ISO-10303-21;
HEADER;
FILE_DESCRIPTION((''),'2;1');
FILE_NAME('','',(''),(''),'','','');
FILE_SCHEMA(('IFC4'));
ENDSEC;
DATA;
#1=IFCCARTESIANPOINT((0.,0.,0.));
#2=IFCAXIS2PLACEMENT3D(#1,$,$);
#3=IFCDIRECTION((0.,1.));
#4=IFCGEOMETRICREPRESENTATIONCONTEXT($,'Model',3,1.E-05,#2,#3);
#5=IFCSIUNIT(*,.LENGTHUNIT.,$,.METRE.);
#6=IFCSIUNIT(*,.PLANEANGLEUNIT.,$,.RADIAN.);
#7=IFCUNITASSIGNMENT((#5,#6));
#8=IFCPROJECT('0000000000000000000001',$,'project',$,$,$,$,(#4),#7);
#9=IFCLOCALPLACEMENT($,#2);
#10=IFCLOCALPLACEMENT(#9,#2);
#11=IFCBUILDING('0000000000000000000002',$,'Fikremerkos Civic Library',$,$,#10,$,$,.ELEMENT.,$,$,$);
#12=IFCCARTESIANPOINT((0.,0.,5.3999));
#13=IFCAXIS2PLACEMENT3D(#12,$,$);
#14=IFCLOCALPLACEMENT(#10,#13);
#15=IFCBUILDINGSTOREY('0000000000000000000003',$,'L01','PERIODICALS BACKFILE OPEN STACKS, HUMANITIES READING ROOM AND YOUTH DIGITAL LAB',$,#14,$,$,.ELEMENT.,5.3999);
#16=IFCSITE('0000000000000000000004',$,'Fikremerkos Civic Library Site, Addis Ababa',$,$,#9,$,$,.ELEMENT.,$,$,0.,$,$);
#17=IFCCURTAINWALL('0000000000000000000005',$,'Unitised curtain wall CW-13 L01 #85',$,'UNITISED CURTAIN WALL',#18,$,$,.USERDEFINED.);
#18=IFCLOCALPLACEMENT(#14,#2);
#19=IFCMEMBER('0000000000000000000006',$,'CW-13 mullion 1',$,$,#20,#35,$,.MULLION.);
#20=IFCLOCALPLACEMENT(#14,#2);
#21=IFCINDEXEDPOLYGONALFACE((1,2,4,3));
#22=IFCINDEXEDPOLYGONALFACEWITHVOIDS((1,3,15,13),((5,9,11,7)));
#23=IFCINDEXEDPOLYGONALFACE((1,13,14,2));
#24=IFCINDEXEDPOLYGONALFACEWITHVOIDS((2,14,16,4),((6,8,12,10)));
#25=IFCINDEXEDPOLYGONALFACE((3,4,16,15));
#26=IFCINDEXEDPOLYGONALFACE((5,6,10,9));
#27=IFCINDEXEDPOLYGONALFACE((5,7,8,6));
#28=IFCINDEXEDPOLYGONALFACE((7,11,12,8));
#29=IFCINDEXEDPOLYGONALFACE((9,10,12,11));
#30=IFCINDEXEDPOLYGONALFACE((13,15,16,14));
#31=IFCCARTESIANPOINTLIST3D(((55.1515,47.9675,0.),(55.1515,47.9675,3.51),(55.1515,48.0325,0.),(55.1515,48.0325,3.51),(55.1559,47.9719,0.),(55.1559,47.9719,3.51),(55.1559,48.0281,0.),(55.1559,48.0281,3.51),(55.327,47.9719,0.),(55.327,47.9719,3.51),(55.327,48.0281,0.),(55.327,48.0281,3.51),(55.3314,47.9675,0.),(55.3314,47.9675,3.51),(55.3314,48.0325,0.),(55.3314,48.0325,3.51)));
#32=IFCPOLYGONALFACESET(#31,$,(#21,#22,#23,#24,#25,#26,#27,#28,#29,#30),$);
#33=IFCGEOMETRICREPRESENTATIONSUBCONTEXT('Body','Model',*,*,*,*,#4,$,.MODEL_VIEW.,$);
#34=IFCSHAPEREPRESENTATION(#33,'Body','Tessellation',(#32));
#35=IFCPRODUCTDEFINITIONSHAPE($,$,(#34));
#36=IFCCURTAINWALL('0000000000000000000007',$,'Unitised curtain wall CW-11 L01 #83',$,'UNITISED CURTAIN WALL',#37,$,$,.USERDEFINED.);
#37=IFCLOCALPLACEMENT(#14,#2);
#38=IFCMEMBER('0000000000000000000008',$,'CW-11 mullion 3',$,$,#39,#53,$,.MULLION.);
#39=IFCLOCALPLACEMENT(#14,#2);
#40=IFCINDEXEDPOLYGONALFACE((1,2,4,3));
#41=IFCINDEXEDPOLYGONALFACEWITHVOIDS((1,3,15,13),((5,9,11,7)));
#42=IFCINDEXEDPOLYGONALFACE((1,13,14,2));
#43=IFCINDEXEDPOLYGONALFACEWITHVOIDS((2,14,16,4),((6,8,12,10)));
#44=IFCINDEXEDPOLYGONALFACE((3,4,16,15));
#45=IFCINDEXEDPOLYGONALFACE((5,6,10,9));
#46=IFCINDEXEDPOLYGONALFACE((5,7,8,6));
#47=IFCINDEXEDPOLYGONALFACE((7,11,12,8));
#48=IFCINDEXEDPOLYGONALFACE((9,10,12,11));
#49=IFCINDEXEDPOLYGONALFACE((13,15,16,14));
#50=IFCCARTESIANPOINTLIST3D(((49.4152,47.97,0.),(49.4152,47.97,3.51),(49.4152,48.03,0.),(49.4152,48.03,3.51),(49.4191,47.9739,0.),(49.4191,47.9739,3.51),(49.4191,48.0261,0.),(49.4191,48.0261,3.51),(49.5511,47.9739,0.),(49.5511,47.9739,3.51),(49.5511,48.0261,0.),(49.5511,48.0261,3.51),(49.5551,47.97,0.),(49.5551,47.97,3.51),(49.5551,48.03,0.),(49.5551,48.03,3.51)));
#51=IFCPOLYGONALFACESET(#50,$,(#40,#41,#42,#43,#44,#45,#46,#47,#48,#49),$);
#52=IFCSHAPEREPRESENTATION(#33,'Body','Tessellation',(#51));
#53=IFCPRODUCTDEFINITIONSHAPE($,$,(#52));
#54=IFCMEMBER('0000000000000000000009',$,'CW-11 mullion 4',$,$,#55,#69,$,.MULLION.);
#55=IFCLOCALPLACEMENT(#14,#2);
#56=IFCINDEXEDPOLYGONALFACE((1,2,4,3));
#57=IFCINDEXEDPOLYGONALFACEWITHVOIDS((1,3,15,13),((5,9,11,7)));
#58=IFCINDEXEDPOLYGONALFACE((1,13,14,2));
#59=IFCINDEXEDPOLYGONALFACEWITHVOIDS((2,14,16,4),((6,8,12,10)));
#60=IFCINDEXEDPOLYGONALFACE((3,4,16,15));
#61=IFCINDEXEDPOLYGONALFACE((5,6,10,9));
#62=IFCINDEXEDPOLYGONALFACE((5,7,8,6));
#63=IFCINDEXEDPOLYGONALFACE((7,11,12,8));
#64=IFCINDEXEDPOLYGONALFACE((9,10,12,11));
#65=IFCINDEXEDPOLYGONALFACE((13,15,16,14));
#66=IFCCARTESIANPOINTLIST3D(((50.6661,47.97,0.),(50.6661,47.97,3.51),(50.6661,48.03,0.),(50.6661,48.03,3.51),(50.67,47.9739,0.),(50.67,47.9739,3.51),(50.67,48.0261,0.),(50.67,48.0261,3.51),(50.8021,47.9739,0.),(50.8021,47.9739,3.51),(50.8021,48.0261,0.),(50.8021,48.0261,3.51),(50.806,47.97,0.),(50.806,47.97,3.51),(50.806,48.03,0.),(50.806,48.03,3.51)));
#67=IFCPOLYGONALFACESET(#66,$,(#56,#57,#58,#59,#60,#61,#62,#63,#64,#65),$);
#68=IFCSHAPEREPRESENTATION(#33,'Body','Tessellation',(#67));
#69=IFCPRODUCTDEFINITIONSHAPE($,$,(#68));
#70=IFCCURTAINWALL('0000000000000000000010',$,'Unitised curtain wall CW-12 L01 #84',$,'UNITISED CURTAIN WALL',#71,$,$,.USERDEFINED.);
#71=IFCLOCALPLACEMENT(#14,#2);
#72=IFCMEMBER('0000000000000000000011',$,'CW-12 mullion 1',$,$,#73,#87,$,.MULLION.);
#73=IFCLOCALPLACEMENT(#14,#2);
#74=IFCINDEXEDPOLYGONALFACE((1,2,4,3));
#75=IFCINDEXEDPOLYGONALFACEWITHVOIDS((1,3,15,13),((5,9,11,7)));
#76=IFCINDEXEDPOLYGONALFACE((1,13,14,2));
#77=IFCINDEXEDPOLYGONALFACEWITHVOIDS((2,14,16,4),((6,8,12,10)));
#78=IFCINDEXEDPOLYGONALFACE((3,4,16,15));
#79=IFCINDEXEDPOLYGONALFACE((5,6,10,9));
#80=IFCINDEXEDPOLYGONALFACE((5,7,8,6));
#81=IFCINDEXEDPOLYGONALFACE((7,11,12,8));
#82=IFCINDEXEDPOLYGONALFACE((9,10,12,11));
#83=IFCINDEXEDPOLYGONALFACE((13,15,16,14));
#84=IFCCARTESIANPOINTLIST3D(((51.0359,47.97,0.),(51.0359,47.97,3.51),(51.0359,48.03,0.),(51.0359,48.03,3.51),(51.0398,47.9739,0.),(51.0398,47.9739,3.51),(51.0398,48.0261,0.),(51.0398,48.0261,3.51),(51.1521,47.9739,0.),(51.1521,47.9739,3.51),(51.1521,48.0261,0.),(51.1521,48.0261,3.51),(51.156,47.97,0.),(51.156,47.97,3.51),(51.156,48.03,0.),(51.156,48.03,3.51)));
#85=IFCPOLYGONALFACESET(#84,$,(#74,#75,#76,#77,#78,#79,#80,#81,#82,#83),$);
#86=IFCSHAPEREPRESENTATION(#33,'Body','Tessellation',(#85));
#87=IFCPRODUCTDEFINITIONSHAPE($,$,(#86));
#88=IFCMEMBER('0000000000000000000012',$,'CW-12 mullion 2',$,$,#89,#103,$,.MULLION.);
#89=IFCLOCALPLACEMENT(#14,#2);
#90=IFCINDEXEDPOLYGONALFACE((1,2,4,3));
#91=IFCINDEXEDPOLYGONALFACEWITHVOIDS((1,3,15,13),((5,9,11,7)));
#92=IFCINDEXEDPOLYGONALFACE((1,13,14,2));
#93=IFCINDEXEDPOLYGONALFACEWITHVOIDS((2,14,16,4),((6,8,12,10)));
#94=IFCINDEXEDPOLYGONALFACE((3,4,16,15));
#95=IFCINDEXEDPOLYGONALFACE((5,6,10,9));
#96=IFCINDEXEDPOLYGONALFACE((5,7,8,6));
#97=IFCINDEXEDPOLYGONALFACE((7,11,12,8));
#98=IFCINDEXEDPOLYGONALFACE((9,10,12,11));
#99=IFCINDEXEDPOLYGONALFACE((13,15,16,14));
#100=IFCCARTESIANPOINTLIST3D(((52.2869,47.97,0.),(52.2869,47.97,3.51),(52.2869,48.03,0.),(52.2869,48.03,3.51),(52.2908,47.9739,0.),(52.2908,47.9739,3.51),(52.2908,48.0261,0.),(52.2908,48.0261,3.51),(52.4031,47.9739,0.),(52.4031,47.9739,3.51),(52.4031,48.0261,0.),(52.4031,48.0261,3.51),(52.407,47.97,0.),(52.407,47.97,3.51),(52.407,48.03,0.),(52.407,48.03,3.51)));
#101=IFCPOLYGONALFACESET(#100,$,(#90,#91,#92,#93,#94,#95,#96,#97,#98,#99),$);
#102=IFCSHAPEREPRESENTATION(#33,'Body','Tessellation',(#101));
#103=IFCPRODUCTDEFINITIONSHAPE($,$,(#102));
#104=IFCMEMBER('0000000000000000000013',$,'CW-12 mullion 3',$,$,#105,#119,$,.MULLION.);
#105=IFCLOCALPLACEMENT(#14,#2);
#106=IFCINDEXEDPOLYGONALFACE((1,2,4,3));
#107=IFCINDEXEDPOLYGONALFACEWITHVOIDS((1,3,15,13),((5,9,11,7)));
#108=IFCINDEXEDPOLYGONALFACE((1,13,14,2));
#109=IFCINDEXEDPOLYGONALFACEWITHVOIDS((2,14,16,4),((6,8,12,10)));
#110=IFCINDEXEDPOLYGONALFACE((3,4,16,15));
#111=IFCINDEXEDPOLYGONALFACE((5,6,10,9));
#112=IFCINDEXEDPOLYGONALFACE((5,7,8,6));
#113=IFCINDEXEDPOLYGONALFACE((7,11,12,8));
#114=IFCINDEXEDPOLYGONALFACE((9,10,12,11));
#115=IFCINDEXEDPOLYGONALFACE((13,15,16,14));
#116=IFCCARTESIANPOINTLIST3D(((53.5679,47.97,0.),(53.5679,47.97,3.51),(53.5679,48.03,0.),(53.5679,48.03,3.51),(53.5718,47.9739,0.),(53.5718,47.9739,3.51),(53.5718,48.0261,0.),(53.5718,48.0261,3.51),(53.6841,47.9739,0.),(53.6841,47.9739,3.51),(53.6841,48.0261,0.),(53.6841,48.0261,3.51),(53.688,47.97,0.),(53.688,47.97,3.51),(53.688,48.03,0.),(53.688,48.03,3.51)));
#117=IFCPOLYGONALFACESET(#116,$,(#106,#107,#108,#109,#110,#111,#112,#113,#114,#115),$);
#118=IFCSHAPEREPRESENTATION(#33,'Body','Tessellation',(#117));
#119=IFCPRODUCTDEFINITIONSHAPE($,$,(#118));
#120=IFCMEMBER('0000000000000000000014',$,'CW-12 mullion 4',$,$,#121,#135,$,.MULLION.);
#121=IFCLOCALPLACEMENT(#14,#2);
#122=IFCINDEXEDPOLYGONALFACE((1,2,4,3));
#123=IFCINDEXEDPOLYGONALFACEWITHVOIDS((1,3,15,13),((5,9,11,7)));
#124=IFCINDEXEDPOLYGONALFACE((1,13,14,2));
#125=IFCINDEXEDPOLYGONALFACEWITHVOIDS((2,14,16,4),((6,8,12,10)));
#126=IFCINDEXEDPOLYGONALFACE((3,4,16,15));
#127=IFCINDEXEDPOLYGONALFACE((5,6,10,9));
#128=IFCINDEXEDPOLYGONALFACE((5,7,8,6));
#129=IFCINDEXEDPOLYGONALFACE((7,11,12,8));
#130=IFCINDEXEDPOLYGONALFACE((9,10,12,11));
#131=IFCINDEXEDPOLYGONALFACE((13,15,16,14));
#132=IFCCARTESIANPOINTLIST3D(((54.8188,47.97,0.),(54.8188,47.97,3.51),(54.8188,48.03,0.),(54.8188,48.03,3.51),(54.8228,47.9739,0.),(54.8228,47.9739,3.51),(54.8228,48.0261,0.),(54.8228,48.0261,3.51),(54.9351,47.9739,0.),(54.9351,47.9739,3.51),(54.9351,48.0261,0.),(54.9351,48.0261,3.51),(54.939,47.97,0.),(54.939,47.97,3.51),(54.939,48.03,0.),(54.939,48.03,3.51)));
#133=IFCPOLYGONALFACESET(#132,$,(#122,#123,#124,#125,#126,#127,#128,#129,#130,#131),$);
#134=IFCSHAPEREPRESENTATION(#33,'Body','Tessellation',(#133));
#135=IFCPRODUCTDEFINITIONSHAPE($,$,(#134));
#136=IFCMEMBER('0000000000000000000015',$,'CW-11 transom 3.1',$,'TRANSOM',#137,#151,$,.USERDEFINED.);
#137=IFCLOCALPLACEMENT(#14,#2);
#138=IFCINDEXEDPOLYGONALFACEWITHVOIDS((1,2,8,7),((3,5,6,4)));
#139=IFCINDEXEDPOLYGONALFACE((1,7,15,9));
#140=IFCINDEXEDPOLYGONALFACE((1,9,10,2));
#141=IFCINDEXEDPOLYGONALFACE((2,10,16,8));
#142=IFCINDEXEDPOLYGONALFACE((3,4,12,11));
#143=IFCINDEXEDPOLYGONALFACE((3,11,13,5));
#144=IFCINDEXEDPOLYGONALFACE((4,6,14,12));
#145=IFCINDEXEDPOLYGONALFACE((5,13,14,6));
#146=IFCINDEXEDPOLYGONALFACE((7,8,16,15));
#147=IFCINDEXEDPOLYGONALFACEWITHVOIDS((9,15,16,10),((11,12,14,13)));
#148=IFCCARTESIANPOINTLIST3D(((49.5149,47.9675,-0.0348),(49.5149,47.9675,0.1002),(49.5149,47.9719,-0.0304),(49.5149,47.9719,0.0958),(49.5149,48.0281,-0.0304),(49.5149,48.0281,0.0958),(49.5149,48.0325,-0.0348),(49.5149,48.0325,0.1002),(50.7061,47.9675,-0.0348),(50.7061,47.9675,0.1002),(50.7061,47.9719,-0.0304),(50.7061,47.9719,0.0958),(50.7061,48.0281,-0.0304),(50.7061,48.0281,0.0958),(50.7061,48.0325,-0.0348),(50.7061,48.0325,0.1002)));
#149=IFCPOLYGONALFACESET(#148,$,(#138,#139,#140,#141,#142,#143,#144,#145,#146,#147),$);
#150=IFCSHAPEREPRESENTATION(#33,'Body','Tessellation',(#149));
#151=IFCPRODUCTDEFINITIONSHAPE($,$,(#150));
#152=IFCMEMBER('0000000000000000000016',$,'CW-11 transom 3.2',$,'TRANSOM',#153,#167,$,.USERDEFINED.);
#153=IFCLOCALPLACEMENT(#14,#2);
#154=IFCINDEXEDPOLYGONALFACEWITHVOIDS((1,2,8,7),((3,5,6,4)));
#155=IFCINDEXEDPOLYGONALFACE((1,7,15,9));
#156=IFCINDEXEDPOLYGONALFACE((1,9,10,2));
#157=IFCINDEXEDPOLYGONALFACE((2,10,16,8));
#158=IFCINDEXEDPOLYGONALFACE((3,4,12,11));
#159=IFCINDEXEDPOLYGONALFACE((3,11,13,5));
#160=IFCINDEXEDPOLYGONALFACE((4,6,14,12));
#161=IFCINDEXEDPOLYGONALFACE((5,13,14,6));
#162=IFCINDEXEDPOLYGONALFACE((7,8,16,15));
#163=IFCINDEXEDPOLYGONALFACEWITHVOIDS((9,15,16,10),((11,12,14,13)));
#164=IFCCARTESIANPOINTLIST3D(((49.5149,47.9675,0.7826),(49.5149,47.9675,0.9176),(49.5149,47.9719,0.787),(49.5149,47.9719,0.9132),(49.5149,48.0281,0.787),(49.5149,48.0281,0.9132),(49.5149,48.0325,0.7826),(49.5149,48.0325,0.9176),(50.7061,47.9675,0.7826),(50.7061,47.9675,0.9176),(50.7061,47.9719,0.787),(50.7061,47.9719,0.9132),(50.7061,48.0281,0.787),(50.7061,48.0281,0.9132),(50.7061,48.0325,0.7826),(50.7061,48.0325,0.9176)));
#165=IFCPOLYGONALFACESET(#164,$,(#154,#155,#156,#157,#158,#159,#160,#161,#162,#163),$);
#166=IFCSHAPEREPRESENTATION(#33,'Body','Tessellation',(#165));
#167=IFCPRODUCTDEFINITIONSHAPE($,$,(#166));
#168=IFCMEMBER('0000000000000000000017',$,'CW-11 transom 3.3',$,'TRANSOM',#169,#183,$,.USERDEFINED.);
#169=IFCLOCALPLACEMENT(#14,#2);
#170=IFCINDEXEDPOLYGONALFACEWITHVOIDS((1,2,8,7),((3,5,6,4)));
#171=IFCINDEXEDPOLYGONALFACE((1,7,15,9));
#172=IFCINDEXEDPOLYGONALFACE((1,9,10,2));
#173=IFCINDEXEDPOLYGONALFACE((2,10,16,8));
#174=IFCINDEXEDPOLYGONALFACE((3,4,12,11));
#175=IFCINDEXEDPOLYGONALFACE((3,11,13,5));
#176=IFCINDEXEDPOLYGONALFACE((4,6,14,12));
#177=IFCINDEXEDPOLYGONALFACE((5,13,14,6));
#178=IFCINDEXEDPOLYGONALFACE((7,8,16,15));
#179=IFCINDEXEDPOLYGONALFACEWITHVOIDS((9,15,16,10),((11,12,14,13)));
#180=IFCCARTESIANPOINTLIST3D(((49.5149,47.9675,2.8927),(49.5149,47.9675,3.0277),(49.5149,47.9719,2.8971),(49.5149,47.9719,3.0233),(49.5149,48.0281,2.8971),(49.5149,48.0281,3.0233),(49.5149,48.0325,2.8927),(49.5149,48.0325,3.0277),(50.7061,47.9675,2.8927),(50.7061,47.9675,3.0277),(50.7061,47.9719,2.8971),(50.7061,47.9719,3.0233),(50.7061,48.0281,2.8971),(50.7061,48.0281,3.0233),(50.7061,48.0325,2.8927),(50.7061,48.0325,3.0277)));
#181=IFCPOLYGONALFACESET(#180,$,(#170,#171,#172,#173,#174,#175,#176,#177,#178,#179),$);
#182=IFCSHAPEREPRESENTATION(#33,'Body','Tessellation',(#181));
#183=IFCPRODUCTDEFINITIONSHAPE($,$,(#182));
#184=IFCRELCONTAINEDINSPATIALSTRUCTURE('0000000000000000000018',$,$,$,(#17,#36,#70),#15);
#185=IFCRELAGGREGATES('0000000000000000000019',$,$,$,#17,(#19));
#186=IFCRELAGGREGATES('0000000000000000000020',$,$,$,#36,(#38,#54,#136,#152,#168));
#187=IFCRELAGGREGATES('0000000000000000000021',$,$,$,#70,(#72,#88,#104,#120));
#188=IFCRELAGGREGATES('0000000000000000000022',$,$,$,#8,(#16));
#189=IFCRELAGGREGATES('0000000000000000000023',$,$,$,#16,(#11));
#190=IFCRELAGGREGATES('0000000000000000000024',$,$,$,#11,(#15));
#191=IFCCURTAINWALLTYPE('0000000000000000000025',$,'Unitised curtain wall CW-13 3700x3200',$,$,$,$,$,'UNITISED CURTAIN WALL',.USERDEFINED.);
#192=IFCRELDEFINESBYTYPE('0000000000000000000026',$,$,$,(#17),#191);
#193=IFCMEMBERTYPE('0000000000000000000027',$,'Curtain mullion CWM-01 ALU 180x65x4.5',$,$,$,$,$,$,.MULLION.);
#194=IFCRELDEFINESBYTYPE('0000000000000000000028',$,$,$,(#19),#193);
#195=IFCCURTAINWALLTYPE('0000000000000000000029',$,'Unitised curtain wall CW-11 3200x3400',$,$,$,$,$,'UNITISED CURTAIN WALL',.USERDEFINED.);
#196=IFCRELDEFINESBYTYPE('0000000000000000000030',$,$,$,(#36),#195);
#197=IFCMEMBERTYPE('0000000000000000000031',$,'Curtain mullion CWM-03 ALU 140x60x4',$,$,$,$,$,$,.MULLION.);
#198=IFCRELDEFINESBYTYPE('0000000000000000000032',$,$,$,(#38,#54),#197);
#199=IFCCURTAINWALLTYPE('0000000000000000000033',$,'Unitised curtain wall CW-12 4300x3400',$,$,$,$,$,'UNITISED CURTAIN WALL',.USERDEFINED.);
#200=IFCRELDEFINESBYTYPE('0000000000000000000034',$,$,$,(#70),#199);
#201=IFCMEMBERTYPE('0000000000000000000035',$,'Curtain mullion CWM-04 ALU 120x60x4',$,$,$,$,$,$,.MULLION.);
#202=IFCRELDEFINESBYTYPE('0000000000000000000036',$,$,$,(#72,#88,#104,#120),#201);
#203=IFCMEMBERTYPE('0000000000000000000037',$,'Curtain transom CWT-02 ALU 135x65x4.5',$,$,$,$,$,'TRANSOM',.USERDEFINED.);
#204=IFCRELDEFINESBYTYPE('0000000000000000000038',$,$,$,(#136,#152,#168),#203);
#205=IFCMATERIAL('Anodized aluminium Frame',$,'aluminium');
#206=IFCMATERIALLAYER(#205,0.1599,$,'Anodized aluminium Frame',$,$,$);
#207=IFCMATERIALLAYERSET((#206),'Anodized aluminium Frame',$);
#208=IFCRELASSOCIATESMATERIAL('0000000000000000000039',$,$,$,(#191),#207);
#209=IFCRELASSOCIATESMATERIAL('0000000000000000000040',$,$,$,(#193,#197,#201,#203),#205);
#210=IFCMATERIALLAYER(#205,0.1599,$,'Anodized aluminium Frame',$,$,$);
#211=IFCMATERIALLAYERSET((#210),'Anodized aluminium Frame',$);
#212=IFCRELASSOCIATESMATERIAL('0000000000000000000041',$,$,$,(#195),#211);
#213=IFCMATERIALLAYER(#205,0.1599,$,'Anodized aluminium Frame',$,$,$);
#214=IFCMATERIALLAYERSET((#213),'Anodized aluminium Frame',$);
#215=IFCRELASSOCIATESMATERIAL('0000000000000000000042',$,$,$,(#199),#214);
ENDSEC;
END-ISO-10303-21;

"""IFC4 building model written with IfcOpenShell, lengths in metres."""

from ifc_helpers import new_model, si_unit, direction, frame, origin, origin_2d, place, context, subcontext, project, spatial, hollow_rectangle, extrude, material, layer, layer_set, material_profile, profile_set, type_object, element, aggregate, save


model = new_model("IFC4")

# Units and contexts
model_context = context("Model", 3, precision=1e-05, world=origin(), true_north=direction((0.0, 1.0)))
body_context = subcontext(model_context, "Body", "Model", "MODEL_VIEW")
ifc_project = project(units=[si_unit("LENGTHUNIT", "METRE"), si_unit("PLANEANGLEUNIT", "RADIAN")], contexts=[model_context])

# Site, building, storey
site_placement = place(None, origin())
site = spatial("IfcSite", under=ifc_project, at=site_placement, Name="Fikremerkos Civic Library Site, Addis Ababa", CompositionType="ELEMENT", RefElevation=0.0)
building_placement = place(site_placement, origin())
building = spatial("IfcBuilding", under=site, at=building_placement, Name="Fikremerkos Civic Library", CompositionType="ELEMENT")
storey_placement = place(building_placement, frame((0.0, 0.0, 5.3999)))
storey = spatial("IfcBuildingStorey", under=building, at=storey_placement, Name="L01", Description="PERIODICALS BACKFILE OPEN STACKS, HUMANITIES READING ROOM AND YOUTH DIGITAL LAB", CompositionType="ELEMENT", Elevation=5.3999)

# Curtain wall, member
ifc_material_1 = material(Name="Anodized aluminium Frame", Category="aluminium")
ifc_layer_1 = layer(ifc_material_1, 0.1599, Name="Anodized aluminium Frame")
ifc_layer_set_1 = layer_set([ifc_layer_1], Name="Anodized aluminium Frame")
curtain_wall_type_1 = type_object("IfcCurtainWallType", Name="Unitised curtain wall CW-13 3700x3200", ElementType="UNITISED CURTAIN WALL", PredefinedType="USERDEFINED", material=ifc_layer_set_1)
curtain_wall_1_placement = place(storey_placement, origin())
curtain_wall_1 = element("IfcCurtainWall", 1, at=curtain_wall_1_placement, inside=storey, type_object=curtain_wall_type_1, Name="Unitised curtain wall CW-13 L01 #85", ObjectType="UNITISED CURTAIN WALL", PredefinedType="USERDEFINED")
ifc_material_profile_1 = material_profile(ifc_material_1, hollow_rectangle(XDim=0.0649, YDim=0.1799, WallThickness=0.0044, at=origin_2d()), Name="ALU 180x65x4.5")
ifc_profile_set_1 = profile_set([ifc_material_profile_1], Name="Anodized aluminium Frame")
member_type_1 = type_object("IfcMemberType", Name="Curtain mullion CWM-01 ALU 180x65x4.5", PredefinedType="MULLION", material=ifc_profile_set_1)
member_1_placement = place(storey_placement, frame((55.2415, 48.0, 0.0), z_axis=(0.0, 0.0, 1.0), x_axis=(0.0, 1.0, 0.0)))
member_1 = element("IfcMember", 2, at=member_1_placement, type_object=member_type_1, Name="CW-13 mullion 1", PredefinedType="MULLION", context=body_context, shape_type="SweptSolid", body=[
    extrude(hollow_rectangle(XDim=0.0649, YDim=0.1799, WallThickness=0.0044, at=origin_2d()), origin(), (0.0, 0.0, 1.0), 3.51),
])

# Curtain walls, members
ifc_layer_2 = layer(ifc_material_1, 0.1599, Name="Anodized aluminium Frame")
ifc_layer_set_2 = layer_set([ifc_layer_2], Name="Anodized aluminium Frame")
curtain_wall_type_2 = type_object("IfcCurtainWallType", Name="Unitised curtain wall CW-11 3200x3400", ElementType="UNITISED CURTAIN WALL", PredefinedType="USERDEFINED", material=ifc_layer_set_2)
curtain_wall_2_placement = place(storey_placement, origin())
curtain_wall_2 = element("IfcCurtainWall", 3, at=curtain_wall_2_placement, inside=storey, type_object=curtain_wall_type_2, Name="Unitised curtain wall CW-11 L01 #83", ObjectType="UNITISED CURTAIN WALL", PredefinedType="USERDEFINED")
ifc_material_profile_2 = material_profile(ifc_material_1, hollow_rectangle(XDim=0.0601, YDim=0.1399, WallThickness=0.0039, at=origin_2d()), Name="ALU 140x60x4")
ifc_profile_set_2 = profile_set([ifc_material_profile_2], Name="Anodized aluminium Frame")
member_type_2 = type_object("IfcMemberType", Name="Curtain mullion CWM-03 ALU 140x60x4", PredefinedType="MULLION", material=ifc_profile_set_2)
member_2_placement = place(storey_placement, frame((49.4851, 48.0, 0.0), z_axis=(0.0, 0.0, 1.0), x_axis=(0.0, 1.0, 0.0)))
member_2 = element("IfcMember", 4, at=member_2_placement, type_object=member_type_2, Name="CW-11 mullion 3", PredefinedType="MULLION", context=body_context, shape_type="SweptSolid", body=[
    extrude(hollow_rectangle(XDim=0.0601, YDim=0.1399, WallThickness=0.0039, at=origin_2d()), origin(), (0.0, 0.0, 1.0), 3.51),
])
member_3_placement = place(storey_placement, frame((50.7361, 48.0, 0.0), z_axis=(0.0, 0.0, 1.0), x_axis=(0.0, 1.0, 0.0)))
member_3 = element("IfcMember", 5, at=member_3_placement, type_object=member_type_2, Name="CW-11 mullion 4", PredefinedType="MULLION", context=body_context, shape_type="SweptSolid", body=[
    extrude(hollow_rectangle(XDim=0.0601, YDim=0.1399, WallThickness=0.0039, at=origin_2d()), origin(), (0.0, 0.0, 1.0), 3.51),
])
ifc_layer_3 = layer(ifc_material_1, 0.1599, Name="Anodized aluminium Frame")
ifc_layer_set_3 = layer_set([ifc_layer_3], Name="Anodized aluminium Frame")
curtain_wall_type_3 = type_object("IfcCurtainWallType", Name="Unitised curtain wall CW-12 4300x3400", ElementType="UNITISED CURTAIN WALL", PredefinedType="USERDEFINED", material=ifc_layer_set_3)
curtain_wall_3_placement = place(storey_placement, origin())
curtain_wall_3 = element("IfcCurtainWall", 6, at=curtain_wall_3_placement, inside=storey, type_object=curtain_wall_type_3, Name="Unitised curtain wall CW-12 L01 #84", ObjectType="UNITISED CURTAIN WALL", PredefinedType="USERDEFINED")
ifc_material_profile_3 = material_profile(ifc_material_1, hollow_rectangle(XDim=0.0601, YDim=0.1201, WallThickness=0.0039, at=origin_2d()), Name="ALU 120x60x4")
ifc_profile_set_3 = profile_set([ifc_material_profile_3], Name="Anodized aluminium Frame")
member_type_3 = type_object("IfcMemberType", Name="Curtain mullion CWM-04 ALU 120x60x4", PredefinedType="MULLION", material=ifc_profile_set_3)
member_4_placement = place(storey_placement, frame((51.0959, 48.0, 0.0), z_axis=(0.0, 0.0, 1.0), x_axis=(0.0, 1.0, 0.0)))
member_4 = element("IfcMember", 7, at=member_4_placement, type_object=member_type_3, Name="CW-12 mullion 1", PredefinedType="MULLION", context=body_context, shape_type="SweptSolid", body=[
    extrude(hollow_rectangle(XDim=0.0601, YDim=0.1201, WallThickness=0.0039, at=origin_2d()), origin(), (0.0, 0.0, 1.0), 3.51),
])
member_5_placement = place(storey_placement, frame((52.3469, 48.0, 0.0), z_axis=(0.0, 0.0, 1.0), x_axis=(0.0, 1.0, 0.0)))
member_5 = element("IfcMember", 8, at=member_5_placement, type_object=member_type_3, Name="CW-12 mullion 2", PredefinedType="MULLION", context=body_context, shape_type="SweptSolid", body=[
    extrude(hollow_rectangle(XDim=0.0601, YDim=0.1201, WallThickness=0.0039, at=origin_2d()), origin(), (0.0, 0.0, 1.0), 3.51),
])
member_6_placement = place(storey_placement, frame((53.6279, 48.0, 0.0), z_axis=(0.0, 0.0, 1.0), x_axis=(0.0, 1.0, 0.0)))
member_6 = element("IfcMember", 9, at=member_6_placement, type_object=member_type_3, Name="CW-12 mullion 3", PredefinedType="MULLION", context=body_context, shape_type="SweptSolid", body=[
    extrude(hollow_rectangle(XDim=0.0601, YDim=0.1201, WallThickness=0.0039, at=origin_2d()), origin(), (0.0, 0.0, 1.0), 3.51),
])
member_7_placement = place(storey_placement, frame((54.8789, 48.0, 0.0), z_axis=(0.0, 0.0, 1.0), x_axis=(0.0, 1.0, 0.0)))
member_7 = element("IfcMember", 10, at=member_7_placement, type_object=member_type_3, Name="CW-12 mullion 4", PredefinedType="MULLION", context=body_context, shape_type="SweptSolid", body=[
    extrude(hollow_rectangle(XDim=0.0601, YDim=0.1201, WallThickness=0.0039, at=origin_2d()), origin(), (0.0, 0.0, 1.0), 3.51),
])

# Members
ifc_material_profile_4 = material_profile(ifc_material_1, hollow_rectangle(XDim=0.0649, YDim=0.135, WallThickness=0.0044, at=origin_2d()), Name="ALU 135x65x4.5")
ifc_profile_set_4 = profile_set([ifc_material_profile_4], Name="Anodized aluminium Frame")
member_type_4 = type_object("IfcMemberType", Name="Curtain transom CWT-02 ALU 135x65x4.5", ElementType="TRANSOM", PredefinedType="USERDEFINED", material=ifc_profile_set_4)
member_8_placement = place(storey_placement, frame((49.5149, 48.0, 0.0327), z_axis=(1.0, 0.0, 0.0), x_axis=(0.0, 1.0, 0.0)))
member_8 = element("IfcMember", 11, at=member_8_placement, type_object=member_type_4, Name="CW-11 transom 3.1", ObjectType="TRANSOM", PredefinedType="USERDEFINED", context=body_context, shape_type="SweptSolid", body=[
    extrude(hollow_rectangle(XDim=0.0649, YDim=0.135, WallThickness=0.0044, at=origin_2d()), origin(), (0.0, 0.0, 1.0), 1.1912),
])
member_9_placement = place(storey_placement, frame((49.5149, 48.0, 0.8501), z_axis=(1.0, 0.0, 0.0), x_axis=(0.0, 1.0, 0.0)))
member_9 = element("IfcMember", 12, at=member_9_placement, type_object=member_type_4, Name="CW-11 transom 3.2", ObjectType="TRANSOM", PredefinedType="USERDEFINED", context=body_context, shape_type="SweptSolid", body=[
    extrude(hollow_rectangle(XDim=0.0649, YDim=0.135, WallThickness=0.0044, at=origin_2d()), origin(), (0.0, 0.0, 1.0), 1.1912),
])
member_10_placement = place(storey_placement, frame((49.5149, 48.0, 2.9602), z_axis=(1.0, 0.0, 0.0), x_axis=(0.0, 1.0, 0.0)))
member_10 = element("IfcMember", 13, at=member_10_placement, type_object=member_type_4, Name="CW-11 transom 3.3", ObjectType="TRANSOM", PredefinedType="USERDEFINED", context=body_context, shape_type="SweptSolid", body=[
    extrude(hollow_rectangle(XDim=0.0649, YDim=0.135, WallThickness=0.0044, at=origin_2d()), origin(), (0.0, 0.0, 1.0), 1.1912),
])
aggregate(curtain_wall_1, [member_1])

aggregate(curtain_wall_2, [member_2, member_3, member_8, member_9, member_10])
aggregate(curtain_wall_3, [member_4, member_5, member_6, member_7])

save(model, "model.ifc")
